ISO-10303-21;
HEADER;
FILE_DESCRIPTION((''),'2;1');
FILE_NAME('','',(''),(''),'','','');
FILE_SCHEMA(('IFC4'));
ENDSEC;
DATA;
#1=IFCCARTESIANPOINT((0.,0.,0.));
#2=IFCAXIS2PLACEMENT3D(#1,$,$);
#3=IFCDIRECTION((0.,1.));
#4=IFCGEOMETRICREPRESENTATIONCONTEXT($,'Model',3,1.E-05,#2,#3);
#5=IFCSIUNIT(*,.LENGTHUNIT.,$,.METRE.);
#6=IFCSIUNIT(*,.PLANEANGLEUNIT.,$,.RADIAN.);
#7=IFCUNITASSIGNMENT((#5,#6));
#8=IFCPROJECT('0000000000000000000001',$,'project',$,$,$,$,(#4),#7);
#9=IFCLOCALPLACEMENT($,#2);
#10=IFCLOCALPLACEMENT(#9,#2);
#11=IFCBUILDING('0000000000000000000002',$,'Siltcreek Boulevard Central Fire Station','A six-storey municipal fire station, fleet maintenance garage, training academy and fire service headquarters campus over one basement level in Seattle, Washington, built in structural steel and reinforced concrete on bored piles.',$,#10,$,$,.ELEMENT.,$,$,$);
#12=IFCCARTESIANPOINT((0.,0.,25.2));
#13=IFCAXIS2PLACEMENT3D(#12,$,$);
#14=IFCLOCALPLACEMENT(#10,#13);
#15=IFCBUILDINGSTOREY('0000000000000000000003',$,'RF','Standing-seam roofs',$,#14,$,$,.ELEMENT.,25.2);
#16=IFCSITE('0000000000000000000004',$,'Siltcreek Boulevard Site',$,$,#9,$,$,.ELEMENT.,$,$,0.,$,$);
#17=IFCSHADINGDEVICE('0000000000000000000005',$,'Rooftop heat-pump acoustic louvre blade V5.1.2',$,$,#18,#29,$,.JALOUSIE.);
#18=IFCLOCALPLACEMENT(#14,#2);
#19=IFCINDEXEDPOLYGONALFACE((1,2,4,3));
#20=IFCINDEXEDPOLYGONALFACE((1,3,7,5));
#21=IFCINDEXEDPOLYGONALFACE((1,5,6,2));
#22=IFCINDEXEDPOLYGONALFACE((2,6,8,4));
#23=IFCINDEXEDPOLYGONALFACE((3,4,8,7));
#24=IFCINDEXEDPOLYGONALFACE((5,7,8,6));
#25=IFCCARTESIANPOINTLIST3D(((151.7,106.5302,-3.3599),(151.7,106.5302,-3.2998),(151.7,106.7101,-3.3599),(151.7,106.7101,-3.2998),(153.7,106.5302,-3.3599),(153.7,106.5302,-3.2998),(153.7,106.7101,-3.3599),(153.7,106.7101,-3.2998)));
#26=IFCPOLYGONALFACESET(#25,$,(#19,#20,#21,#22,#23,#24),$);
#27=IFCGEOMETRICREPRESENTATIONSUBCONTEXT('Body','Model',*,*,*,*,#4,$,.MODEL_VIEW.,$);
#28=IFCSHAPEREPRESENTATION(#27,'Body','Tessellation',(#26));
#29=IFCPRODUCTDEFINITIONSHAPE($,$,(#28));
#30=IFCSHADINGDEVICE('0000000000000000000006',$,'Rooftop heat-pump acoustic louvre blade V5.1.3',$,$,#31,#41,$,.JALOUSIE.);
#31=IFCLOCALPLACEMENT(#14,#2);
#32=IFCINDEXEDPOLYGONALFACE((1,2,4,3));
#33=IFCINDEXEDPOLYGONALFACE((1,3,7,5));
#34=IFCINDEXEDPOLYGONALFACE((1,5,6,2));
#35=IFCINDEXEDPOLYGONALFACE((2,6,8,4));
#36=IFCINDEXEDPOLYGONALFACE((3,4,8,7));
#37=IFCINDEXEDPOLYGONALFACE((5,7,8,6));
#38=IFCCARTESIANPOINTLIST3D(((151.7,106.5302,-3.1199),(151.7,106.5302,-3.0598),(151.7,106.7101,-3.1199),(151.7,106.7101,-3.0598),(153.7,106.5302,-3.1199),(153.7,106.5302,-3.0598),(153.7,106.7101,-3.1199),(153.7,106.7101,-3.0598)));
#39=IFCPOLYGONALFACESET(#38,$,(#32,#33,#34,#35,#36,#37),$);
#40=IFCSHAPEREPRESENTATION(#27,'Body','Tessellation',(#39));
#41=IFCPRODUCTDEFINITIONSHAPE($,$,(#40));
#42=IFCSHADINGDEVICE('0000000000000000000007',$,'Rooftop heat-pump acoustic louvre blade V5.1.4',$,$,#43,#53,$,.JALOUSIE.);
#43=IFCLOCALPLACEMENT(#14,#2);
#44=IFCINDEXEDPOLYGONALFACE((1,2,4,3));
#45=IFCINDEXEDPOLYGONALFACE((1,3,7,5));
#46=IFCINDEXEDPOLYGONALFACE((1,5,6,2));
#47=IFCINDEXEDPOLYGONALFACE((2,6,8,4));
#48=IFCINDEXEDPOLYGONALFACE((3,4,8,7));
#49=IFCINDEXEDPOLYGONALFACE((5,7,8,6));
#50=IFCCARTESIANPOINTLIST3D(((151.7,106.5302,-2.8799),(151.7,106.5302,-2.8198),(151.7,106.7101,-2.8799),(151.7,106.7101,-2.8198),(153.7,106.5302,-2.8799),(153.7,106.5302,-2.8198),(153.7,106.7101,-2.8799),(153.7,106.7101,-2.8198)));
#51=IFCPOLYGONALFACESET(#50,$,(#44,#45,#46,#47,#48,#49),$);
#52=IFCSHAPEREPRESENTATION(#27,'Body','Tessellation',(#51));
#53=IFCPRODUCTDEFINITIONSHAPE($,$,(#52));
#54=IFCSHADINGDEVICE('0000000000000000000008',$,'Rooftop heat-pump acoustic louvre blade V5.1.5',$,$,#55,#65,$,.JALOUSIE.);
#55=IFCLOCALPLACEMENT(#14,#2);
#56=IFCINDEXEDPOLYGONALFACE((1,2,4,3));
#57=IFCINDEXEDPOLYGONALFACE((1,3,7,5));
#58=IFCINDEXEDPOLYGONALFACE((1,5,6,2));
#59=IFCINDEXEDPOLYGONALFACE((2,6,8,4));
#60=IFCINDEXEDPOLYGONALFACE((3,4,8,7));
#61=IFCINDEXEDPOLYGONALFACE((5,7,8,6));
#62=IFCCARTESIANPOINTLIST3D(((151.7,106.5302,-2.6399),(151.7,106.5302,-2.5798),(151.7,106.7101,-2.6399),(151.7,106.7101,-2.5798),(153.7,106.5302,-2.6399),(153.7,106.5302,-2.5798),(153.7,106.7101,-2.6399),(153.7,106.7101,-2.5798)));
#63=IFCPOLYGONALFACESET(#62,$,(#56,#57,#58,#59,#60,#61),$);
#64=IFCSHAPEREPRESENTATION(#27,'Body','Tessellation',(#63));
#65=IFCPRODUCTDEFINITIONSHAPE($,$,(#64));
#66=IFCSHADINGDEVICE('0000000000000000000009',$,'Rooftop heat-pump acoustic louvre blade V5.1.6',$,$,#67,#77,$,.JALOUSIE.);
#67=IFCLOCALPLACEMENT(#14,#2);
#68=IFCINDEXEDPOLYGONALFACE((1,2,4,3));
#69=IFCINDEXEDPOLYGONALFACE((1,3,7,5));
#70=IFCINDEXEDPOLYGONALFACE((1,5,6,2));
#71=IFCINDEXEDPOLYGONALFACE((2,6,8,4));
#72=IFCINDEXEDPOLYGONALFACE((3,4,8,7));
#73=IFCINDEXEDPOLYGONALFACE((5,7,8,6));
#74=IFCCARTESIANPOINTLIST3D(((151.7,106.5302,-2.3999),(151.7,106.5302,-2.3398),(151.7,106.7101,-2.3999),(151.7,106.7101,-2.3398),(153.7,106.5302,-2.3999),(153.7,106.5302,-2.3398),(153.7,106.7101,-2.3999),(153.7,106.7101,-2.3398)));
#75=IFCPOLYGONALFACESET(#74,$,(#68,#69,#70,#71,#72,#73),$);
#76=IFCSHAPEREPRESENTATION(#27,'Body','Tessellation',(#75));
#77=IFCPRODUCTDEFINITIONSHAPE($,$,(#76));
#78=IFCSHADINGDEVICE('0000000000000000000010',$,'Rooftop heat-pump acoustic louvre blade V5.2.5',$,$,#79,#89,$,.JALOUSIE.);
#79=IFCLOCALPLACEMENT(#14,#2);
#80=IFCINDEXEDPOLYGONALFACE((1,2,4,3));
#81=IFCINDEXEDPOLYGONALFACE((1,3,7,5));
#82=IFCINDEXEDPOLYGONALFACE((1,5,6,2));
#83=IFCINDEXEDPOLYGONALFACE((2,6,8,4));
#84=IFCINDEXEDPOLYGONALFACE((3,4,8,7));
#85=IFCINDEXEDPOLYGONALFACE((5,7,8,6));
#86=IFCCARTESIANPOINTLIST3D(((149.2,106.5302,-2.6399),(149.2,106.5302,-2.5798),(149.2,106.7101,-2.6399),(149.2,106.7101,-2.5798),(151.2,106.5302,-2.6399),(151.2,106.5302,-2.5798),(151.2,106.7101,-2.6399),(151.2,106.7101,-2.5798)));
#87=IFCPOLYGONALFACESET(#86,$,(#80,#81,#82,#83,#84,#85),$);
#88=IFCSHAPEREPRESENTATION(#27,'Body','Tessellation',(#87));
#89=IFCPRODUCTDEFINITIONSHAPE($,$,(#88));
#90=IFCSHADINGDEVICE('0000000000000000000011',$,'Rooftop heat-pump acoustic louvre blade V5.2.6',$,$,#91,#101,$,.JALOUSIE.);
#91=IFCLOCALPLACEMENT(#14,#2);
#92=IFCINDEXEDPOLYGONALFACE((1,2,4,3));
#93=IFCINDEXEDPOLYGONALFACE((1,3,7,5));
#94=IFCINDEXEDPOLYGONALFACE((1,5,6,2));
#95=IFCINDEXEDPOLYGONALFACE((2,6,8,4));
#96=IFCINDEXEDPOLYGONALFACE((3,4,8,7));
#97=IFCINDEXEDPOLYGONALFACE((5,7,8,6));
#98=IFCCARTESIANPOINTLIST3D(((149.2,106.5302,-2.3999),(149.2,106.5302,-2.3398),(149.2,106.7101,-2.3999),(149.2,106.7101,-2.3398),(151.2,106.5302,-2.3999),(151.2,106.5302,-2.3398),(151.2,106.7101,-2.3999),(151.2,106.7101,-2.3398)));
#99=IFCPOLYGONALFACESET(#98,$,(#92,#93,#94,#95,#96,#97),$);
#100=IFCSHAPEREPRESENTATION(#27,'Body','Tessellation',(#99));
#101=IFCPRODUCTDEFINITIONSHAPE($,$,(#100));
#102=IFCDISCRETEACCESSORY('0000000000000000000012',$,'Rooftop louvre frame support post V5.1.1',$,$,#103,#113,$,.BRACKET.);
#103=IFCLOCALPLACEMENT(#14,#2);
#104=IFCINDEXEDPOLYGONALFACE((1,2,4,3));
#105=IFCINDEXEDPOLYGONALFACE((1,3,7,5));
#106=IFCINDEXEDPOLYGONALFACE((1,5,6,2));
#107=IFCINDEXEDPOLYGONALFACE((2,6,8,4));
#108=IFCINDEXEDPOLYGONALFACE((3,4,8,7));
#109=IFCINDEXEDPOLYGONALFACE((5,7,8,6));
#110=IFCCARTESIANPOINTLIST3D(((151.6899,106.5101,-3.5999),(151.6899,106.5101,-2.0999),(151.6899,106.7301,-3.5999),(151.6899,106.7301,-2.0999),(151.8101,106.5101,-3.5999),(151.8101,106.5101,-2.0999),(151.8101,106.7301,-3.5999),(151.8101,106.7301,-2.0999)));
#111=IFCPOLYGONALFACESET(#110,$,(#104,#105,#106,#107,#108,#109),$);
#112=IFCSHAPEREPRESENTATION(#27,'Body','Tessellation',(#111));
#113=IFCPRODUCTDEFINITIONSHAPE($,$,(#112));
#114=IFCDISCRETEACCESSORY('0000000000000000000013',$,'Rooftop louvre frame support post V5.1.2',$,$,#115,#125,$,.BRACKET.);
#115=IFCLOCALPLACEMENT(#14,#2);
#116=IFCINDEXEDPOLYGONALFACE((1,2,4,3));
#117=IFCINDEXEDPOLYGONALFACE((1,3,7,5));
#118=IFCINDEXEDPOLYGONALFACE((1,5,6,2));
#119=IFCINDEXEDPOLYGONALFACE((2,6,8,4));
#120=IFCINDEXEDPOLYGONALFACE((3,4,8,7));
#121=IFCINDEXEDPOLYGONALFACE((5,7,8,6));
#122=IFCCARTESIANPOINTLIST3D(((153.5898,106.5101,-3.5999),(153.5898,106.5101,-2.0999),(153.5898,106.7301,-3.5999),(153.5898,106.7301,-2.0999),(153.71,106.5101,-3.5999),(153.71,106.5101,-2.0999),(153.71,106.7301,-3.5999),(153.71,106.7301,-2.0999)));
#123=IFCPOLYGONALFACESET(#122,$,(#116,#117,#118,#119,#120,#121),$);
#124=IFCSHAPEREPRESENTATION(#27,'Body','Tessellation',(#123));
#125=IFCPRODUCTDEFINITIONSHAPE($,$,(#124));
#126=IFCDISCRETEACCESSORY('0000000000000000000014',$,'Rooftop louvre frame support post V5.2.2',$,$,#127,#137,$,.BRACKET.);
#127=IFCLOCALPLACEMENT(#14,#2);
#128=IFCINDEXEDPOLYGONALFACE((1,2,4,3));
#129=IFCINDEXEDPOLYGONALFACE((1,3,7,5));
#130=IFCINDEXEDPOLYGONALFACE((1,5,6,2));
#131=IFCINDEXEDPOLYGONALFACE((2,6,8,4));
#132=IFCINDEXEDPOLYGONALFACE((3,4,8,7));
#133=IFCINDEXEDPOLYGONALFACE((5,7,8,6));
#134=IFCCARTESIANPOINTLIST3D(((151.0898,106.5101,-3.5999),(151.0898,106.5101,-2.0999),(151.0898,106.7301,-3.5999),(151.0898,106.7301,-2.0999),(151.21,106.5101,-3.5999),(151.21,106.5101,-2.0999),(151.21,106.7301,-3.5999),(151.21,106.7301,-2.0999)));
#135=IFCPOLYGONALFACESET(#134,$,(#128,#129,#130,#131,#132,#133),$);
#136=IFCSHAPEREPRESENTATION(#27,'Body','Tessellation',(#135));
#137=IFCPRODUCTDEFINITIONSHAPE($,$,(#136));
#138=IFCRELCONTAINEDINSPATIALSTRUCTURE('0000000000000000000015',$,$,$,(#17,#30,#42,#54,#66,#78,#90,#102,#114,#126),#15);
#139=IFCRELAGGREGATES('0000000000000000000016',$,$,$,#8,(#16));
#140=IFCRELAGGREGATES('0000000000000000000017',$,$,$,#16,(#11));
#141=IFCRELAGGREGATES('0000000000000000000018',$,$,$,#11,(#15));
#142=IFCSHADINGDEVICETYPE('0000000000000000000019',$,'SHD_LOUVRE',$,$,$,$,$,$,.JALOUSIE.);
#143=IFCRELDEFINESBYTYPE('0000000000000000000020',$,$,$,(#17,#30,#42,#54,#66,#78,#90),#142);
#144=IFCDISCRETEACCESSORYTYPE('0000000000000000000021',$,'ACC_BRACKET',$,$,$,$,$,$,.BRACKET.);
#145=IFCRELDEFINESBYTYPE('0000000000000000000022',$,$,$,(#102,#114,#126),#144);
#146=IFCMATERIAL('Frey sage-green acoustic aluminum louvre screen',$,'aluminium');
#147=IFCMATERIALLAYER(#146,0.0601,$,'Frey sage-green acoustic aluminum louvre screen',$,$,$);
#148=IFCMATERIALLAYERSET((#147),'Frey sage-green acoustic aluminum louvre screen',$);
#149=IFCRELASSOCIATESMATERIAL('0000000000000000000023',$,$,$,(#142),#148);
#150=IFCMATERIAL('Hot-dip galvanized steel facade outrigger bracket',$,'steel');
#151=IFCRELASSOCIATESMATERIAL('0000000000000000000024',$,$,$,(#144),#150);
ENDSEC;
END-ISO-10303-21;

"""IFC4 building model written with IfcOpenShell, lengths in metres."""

from ifc_helpers import new_model, si_unit, direction, frame, origin, origin_2d, place, context, subcontext, project, spatial, rectangle, extrude, material, layer, layer_set, type_object, element, save


model = new_model("IFC4")

# Units and contexts
model_context = context("Model", 3, precision=1e-05, world=origin(), true_north=direction((0.0, 1.0)))
body_context = subcontext(model_context, "Body", "Model", "MODEL_VIEW")
ifc_project = project(units=[si_unit("LENGTHUNIT", "METRE"), si_unit("PLANEANGLEUNIT", "RADIAN")], contexts=[model_context])

# Site, building, storey
site_placement = place(None, origin())
site = spatial("IfcSite", under=ifc_project, at=site_placement, Name="Siltcreek Boulevard Site", CompositionType="ELEMENT", RefElevation=0.0)
building_placement = place(site_placement, origin())
building = spatial("IfcBuilding", under=site, at=building_placement, Name="Siltcreek Boulevard Central Fire Station", Description="A six-storey municipal fire station, fleet maintenance garage, training academy and fire service headquarters campus over one basement level in Seattle, Washington, built in structural steel and reinforced concrete on bored piles.", CompositionType="ELEMENT")
storey_placement = place(building_placement, frame((0.0, 0.0, 25.2)))
storey = spatial("IfcBuildingStorey", under=building, at=storey_placement, Name="RF", Description="Standing-seam roofs", CompositionType="ELEMENT", Elevation=25.2)

# Shading devices
ifc_material_1 = material(Name="Frey sage-green acoustic aluminum louvre screen", Category="aluminium")
ifc_layer_1 = layer(ifc_material_1, 0.0601, Name="Frey sage-green acoustic aluminum louvre screen")
ifc_layer_set_1 = layer_set([ifc_layer_1], Name="Frey sage-green acoustic aluminum louvre screen")
shading_device_type = type_object("IfcShadingDeviceType", Name="SHD_LOUVRE", PredefinedType="JALOUSIE", material=ifc_layer_set_1)
for number, where, z_axis, x_axis, name in (
    (1, (152.7, 106.6201, -3.3599), (0.0, 0.0, 1.0), (1.0, 0.0, 0.0), "Rooftop heat-pump acoustic louvre blade V5.1.2"),
    (2, (152.7, 106.6201, -3.1199), (0.0, 0.0, 1.0), (1.0, 0.0, 0.0), "Rooftop heat-pump acoustic louvre blade V5.1.3"),
    (3, (152.7, 106.6201, -2.8799), (0.0, 0.0, 1.0), (1.0, 0.0, 0.0), "Rooftop heat-pump acoustic louvre blade V5.1.4"),
    (4, (152.7, 106.6201, -2.6399), (0.0, 0.0, 1.0), (1.0, 0.0, 0.0), "Rooftop heat-pump acoustic louvre blade V5.1.5"),
    (5, (152.7, 106.6201, -2.3999), (0.0, 0.0, 1.0), (1.0, 0.0, 0.0), "Rooftop heat-pump acoustic louvre blade V5.1.6"),
    (6, (150.2, 106.6201, -2.6399), (0.0, 0.0, 1.0), (1.0, 0.0, 0.0), "Rooftop heat-pump acoustic louvre blade V5.2.5"),
    (7, (150.2, 106.6201, -2.3999), (0.0, 0.0, 1.0), (1.0, 0.0, 0.0), "Rooftop heat-pump acoustic louvre blade V5.2.6"),
):
    element("IfcShadingDevice", number, at=place(storey_placement, frame(where, z_axis=z_axis, x_axis=x_axis)), inside=storey, type_object=shading_device_type, Name=name, PredefinedType="JALOUSIE", context=body_context, shape_type="SweptSolid", body=[
        extrude(rectangle(XDim=2.0, YDim=0.1799, at=origin_2d()), origin(), (0.0, 0.0, 1.0), 0.0601),
    ])

# Discrete accessories
ifc_material_2 = material(Name="Hot-dip galvanized steel facade outrigger bracket", Category="steel")
discrete_accessory_type = type_object("IfcDiscreteAccessoryType", Name="ACC_BRACKET", PredefinedType="BRACKET", material=ifc_material_2)
for number, where, z_axis, x_axis, name in (
    (8, (151.75, 106.6201, -3.5999), (0.0, 0.0, 1.0), (1.0, 0.0, 0.0), "Rooftop louvre frame support post V5.1.1"),
    (9, (153.6499, 106.6201, -3.5999), (0.0, 0.0, 1.0), (1.0, 0.0, 0.0), "Rooftop louvre frame support post V5.1.2"),
    (10, (151.1499, 106.6201, -3.5999), (0.0, 0.0, 1.0), (1.0, 0.0, 0.0), "Rooftop louvre frame support post V5.2.2"),
):
    element("IfcDiscreteAccessory", number, at=place(storey_placement, frame(where, z_axis=z_axis, x_axis=x_axis)), inside=storey, type_object=discrete_accessory_type, Name=name, PredefinedType="BRACKET", context=body_context, shape_type="SweptSolid", body=[
        extrude(rectangle(XDim=0.1201, YDim=0.22, at=origin_2d()), origin(), (0.0, 0.0, 1.0), 1.5),
    ])

save(model, "model.ifc")
